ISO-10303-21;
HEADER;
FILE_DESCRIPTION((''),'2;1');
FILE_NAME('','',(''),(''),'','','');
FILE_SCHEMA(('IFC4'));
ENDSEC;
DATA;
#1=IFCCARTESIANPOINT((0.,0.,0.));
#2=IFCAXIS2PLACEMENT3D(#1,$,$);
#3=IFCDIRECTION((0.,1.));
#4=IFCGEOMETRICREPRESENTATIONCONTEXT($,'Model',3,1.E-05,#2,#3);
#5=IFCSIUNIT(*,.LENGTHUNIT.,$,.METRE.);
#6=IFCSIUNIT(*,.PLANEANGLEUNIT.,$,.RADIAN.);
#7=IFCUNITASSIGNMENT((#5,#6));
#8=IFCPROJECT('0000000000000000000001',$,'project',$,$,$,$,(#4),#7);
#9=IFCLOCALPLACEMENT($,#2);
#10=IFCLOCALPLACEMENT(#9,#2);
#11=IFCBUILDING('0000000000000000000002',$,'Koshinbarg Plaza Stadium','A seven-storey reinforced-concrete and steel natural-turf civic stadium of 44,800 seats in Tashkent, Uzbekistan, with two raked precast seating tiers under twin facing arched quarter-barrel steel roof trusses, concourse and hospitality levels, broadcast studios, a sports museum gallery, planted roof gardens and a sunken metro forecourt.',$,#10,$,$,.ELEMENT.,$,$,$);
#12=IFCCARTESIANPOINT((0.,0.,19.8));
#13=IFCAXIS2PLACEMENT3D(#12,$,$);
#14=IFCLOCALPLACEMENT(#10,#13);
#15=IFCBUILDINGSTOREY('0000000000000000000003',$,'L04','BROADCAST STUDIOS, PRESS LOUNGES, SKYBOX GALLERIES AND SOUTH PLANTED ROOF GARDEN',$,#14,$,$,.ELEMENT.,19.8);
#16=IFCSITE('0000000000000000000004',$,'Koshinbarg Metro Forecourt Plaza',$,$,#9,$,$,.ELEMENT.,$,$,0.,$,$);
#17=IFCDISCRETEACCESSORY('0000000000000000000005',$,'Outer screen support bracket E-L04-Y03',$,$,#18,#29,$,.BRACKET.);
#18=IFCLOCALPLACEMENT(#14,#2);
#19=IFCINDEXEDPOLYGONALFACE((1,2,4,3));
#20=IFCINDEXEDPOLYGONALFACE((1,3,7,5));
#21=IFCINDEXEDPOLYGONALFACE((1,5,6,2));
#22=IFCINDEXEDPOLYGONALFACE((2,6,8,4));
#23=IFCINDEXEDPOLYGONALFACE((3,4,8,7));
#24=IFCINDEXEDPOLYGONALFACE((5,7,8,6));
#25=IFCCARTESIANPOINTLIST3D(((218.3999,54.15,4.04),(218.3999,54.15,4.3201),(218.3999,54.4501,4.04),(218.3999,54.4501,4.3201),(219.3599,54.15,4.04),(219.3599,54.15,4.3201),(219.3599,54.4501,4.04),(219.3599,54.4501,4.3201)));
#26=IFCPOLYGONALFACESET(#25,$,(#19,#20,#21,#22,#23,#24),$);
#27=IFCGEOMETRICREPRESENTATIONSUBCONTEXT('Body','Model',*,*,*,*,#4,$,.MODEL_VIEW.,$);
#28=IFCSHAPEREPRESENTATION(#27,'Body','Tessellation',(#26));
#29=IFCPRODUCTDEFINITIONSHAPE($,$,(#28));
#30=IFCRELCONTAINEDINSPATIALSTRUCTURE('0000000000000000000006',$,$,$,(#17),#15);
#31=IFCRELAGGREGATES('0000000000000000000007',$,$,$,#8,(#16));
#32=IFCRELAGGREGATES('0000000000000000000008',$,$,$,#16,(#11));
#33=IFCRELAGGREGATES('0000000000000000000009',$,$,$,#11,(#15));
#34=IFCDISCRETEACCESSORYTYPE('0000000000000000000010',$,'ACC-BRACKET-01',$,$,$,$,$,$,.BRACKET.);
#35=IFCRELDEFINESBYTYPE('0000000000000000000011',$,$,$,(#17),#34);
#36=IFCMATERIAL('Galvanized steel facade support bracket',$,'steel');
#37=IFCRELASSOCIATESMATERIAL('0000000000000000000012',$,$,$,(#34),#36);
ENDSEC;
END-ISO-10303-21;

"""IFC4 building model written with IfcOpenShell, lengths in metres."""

from ifc_helpers import new_model, si_unit, direction, frame, origin, origin_2d, place, context, subcontext, project, spatial, rectangle, extrude, material, type_object, element, save


model = new_model("IFC4")

# Units and contexts
model_context = context("Model", 3, precision=1e-05, world=origin(), true_north=direction((0.0, 1.0)))
body_context = subcontext(model_context, "Body", "Model", "MODEL_VIEW")
ifc_project = project(units=[si_unit("LENGTHUNIT", "METRE"), si_unit("PLANEANGLEUNIT", "RADIAN")], contexts=[model_context])

# Site, building, storey
site_placement = place(None, origin())
site = spatial("IfcSite", under=ifc_project, at=site_placement, Name="Koshinbarg Metro Forecourt Plaza", CompositionType="ELEMENT", RefElevation=0.0)
building_placement = place(site_placement, origin())
building = spatial("IfcBuilding", under=site, at=building_placement, Name="Koshinbarg Plaza Stadium", Description="A seven-storey reinforced-concrete and steel natural-turf civic stadium of 44,800 seats in Tashkent, Uzbekistan, with two raked precast seating tiers under twin facing arched quarter-barrel steel roof trusses, concourse and hospitality levels, broadcast studios, a sports museum gallery, planted roof gardens and a sunken metro forecourt.", CompositionType="ELEMENT")
storey_placement = place(building_placement, frame((0.0, 0.0, 19.8)))
storey = spatial("IfcBuildingStorey", under=building, at=storey_placement, Name="L04", Description="BROADCAST STUDIOS, PRESS LOUNGES, SKYBOX GALLERIES AND SOUTH PLANTED ROOF GARDEN", CompositionType="ELEMENT", Elevation=19.8)

# Discrete accessory
ifc_material_1 = material(Name="Galvanized steel facade support bracket", Category="steel")
discrete_accessory_type = type_object("IfcDiscreteAccessoryType", Name="ACC-BRACKET-01", PredefinedType="BRACKET", material=ifc_material_1)
for number, where, z_axis, x_axis, name in (
    (1, (218.8799, 54.3, 4.04), (0.0, 0.0, 1.0), (1.0, 0.0, 0.0), "Outer screen support bracket E-L04-Y03"),
):
    element("IfcDiscreteAccessory", number, at=place(storey_placement, frame(where, z_axis=z_axis, x_axis=x_axis)), inside=storey, type_object=discrete_accessory_type, Name=name, PredefinedType="BRACKET", context=body_context, shape_type="SweptSolid", body=[
        extrude(rectangle(XDim=0.96, YDim=0.3, at=origin_2d()), origin(), (0.0, 0.0, 1.0), 0.28),
    ])

save(model, "model.ifc")
